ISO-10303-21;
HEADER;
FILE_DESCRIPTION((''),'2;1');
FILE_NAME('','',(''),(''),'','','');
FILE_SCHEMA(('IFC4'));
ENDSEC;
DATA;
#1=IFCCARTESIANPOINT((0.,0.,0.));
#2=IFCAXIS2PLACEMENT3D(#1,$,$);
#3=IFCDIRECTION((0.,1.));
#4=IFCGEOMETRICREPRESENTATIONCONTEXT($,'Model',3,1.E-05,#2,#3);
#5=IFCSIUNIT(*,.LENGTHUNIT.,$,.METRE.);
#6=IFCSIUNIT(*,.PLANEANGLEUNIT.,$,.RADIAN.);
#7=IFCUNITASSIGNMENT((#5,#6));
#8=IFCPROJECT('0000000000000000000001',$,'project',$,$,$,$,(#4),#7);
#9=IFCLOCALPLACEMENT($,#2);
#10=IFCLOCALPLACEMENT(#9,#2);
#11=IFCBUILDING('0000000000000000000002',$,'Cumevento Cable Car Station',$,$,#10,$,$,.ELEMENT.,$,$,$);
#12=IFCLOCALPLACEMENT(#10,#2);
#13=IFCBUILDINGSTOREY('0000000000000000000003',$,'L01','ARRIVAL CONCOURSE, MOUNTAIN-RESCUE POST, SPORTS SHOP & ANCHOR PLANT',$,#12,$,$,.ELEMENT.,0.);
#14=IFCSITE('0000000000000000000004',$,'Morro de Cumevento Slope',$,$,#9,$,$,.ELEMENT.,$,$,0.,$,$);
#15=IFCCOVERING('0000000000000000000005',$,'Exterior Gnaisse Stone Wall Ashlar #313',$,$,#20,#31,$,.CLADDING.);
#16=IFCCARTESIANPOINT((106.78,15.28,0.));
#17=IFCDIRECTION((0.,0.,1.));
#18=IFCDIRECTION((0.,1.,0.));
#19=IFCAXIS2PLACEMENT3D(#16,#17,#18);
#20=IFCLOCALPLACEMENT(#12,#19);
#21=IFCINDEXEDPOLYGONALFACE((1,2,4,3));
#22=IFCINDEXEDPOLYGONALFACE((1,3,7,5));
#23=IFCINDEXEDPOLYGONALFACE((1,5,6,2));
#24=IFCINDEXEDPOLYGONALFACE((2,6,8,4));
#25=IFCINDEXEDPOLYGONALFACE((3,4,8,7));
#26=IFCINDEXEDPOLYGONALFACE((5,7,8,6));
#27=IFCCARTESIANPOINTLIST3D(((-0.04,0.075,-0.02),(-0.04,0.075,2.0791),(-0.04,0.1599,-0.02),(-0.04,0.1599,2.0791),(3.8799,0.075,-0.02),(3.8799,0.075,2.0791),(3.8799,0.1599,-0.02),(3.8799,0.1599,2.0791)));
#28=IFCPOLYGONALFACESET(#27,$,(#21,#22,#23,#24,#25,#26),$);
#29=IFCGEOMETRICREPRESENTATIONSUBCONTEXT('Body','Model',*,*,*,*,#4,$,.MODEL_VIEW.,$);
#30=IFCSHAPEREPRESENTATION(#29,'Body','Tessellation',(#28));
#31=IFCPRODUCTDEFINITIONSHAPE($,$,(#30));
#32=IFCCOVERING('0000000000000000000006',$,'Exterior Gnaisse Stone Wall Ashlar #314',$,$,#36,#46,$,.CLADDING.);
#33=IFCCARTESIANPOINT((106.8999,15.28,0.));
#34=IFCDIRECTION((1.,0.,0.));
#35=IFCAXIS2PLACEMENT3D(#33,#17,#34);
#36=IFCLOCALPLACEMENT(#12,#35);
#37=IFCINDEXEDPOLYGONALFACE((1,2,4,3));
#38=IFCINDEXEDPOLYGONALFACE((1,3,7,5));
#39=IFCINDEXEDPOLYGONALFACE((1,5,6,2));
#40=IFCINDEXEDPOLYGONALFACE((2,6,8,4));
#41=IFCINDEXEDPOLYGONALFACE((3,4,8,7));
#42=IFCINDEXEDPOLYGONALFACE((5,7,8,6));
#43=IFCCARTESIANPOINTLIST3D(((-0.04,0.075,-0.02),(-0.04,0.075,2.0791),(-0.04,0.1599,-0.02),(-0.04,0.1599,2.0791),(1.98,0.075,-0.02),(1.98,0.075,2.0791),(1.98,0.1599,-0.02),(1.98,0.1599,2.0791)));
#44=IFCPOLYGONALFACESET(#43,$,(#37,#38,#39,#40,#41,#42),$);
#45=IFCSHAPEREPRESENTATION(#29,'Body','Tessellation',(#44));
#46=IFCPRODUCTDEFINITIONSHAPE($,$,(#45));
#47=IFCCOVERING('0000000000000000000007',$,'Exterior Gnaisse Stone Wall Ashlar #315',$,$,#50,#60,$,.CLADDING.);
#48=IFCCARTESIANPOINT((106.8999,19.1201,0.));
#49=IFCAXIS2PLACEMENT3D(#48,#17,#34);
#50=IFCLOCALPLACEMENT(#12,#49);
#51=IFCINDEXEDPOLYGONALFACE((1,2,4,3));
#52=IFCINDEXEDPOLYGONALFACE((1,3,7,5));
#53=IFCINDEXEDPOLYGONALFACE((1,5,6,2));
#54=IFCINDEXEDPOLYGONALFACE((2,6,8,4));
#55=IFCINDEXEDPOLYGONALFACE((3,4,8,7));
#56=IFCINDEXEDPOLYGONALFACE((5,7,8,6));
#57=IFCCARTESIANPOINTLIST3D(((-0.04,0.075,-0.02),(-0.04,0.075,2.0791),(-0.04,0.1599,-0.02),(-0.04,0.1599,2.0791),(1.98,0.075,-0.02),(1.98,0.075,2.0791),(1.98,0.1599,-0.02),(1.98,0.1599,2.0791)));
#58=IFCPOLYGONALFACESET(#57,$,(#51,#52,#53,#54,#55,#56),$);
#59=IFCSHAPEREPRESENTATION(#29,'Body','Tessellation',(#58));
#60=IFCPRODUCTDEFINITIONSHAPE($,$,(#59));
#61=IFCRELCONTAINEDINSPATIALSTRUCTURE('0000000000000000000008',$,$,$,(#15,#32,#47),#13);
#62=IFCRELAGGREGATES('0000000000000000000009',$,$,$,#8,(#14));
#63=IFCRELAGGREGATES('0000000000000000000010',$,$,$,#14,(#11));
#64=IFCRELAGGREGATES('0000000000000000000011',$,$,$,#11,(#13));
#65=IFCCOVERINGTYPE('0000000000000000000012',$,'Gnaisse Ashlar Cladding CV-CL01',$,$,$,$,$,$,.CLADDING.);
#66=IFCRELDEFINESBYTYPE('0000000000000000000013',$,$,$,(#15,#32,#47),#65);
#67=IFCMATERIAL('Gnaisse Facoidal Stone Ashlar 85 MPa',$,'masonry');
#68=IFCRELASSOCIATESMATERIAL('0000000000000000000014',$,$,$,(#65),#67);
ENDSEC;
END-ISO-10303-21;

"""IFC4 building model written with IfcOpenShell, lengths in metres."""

from ifc_helpers import new_model, si_unit, direction, frame, origin, place, context, subcontext, project, spatial, polyline, outline, extrude, material, type_object, element, save


model = new_model("IFC4")

# Units and contexts
model_context = context("Model", 3, precision=1e-05, world=origin(), true_north=direction((0.0, 1.0)))
body_context = subcontext(model_context, "Body", "Model", "MODEL_VIEW")
ifc_project = project(units=[si_unit("LENGTHUNIT", "METRE"), si_unit("PLANEANGLEUNIT", "RADIAN")], contexts=[model_context])

# Site, building, storey
site_placement = place(None, origin())
site = spatial("IfcSite", under=ifc_project, at=site_placement, Name="Morro de Cumevento Slope", CompositionType="ELEMENT", RefElevation=0.0)
building_placement = place(site_placement, origin())
building = spatial("IfcBuilding", under=site, at=building_placement, Name="Cumevento Cable Car Station", CompositionType="ELEMENT")
storey_placement = place(building_placement, origin())
storey = spatial("IfcBuildingStorey", under=building, at=storey_placement, Name="L01", Description="ARRIVAL CONCOURSE, MOUNTAIN-RESCUE POST, SPORTS SHOP & ANCHOR PLANT", CompositionType="ELEMENT", Elevation=0.0)

# Coverings
ifc_material_1 = material(Name="Gnaisse Facoidal Stone Ashlar 85 MPa", Category="masonry")
covering_type = type_object("IfcCoveringType", Name="Gnaisse Ashlar Cladding CV-CL01", PredefinedType="CLADDING", material=ifc_material_1)
covering_1_placement = place(storey_placement, frame((106.78, 15.28, 0.0), z_axis=(0.0, 0.0, 1.0), x_axis=(0.0, 1.0, 0.0)))
element("IfcCovering", 1, at=covering_1_placement, inside=storey, type_object=covering_type, Name="Exterior Gnaisse Stone Wall Ashlar #313", PredefinedType="CLADDING", context=body_context, shape_type="SweptSolid", body=[
    extrude(outline(polyline([(-0.04, -0.02), (3.8799, -0.02), (3.8799, 2.0791), (-0.04, 2.0791), (-0.04, -0.02)])), frame((0.0, 0.1599, 0.0), z_axis=(0.0, -1.0, 0.0), x_axis=(1.0, 0.0, 0.0)), (0.0, 0.0, 1.0), 0.085),
])
for number, where, z_axis, x_axis, name in (
    (2, (106.8999, 15.28, 0.0), (0.0, 0.0, 1.0), (1.0, 0.0, 0.0), "Exterior Gnaisse Stone Wall Ashlar #314"),
    (3, (106.8999, 19.1201, 0.0), (0.0, 0.0, 1.0), (1.0, 0.0, 0.0), "Exterior Gnaisse Stone Wall Ashlar #315"),
):
    element("IfcCovering", number, at=place(storey_placement, frame(where, z_axis=z_axis, x_axis=x_axis)), inside=storey, type_object=covering_type, Name=name, PredefinedType="CLADDING", context=body_context, shape_type="SweptSolid", body=[
        extrude(outline(polyline([(-0.04, -0.02), (1.98, -0.02), (1.98, 2.0791), (-0.04, 2.0791), (-0.04, -0.02)])), frame((0.0, 0.1599, 0.0), z_axis=(0.0, -1.0, 0.0), x_axis=(1.0, 0.0, 0.0)), (0.0, 0.0, 1.0), 0.085),
    ])

save(model, "model.ifc")
